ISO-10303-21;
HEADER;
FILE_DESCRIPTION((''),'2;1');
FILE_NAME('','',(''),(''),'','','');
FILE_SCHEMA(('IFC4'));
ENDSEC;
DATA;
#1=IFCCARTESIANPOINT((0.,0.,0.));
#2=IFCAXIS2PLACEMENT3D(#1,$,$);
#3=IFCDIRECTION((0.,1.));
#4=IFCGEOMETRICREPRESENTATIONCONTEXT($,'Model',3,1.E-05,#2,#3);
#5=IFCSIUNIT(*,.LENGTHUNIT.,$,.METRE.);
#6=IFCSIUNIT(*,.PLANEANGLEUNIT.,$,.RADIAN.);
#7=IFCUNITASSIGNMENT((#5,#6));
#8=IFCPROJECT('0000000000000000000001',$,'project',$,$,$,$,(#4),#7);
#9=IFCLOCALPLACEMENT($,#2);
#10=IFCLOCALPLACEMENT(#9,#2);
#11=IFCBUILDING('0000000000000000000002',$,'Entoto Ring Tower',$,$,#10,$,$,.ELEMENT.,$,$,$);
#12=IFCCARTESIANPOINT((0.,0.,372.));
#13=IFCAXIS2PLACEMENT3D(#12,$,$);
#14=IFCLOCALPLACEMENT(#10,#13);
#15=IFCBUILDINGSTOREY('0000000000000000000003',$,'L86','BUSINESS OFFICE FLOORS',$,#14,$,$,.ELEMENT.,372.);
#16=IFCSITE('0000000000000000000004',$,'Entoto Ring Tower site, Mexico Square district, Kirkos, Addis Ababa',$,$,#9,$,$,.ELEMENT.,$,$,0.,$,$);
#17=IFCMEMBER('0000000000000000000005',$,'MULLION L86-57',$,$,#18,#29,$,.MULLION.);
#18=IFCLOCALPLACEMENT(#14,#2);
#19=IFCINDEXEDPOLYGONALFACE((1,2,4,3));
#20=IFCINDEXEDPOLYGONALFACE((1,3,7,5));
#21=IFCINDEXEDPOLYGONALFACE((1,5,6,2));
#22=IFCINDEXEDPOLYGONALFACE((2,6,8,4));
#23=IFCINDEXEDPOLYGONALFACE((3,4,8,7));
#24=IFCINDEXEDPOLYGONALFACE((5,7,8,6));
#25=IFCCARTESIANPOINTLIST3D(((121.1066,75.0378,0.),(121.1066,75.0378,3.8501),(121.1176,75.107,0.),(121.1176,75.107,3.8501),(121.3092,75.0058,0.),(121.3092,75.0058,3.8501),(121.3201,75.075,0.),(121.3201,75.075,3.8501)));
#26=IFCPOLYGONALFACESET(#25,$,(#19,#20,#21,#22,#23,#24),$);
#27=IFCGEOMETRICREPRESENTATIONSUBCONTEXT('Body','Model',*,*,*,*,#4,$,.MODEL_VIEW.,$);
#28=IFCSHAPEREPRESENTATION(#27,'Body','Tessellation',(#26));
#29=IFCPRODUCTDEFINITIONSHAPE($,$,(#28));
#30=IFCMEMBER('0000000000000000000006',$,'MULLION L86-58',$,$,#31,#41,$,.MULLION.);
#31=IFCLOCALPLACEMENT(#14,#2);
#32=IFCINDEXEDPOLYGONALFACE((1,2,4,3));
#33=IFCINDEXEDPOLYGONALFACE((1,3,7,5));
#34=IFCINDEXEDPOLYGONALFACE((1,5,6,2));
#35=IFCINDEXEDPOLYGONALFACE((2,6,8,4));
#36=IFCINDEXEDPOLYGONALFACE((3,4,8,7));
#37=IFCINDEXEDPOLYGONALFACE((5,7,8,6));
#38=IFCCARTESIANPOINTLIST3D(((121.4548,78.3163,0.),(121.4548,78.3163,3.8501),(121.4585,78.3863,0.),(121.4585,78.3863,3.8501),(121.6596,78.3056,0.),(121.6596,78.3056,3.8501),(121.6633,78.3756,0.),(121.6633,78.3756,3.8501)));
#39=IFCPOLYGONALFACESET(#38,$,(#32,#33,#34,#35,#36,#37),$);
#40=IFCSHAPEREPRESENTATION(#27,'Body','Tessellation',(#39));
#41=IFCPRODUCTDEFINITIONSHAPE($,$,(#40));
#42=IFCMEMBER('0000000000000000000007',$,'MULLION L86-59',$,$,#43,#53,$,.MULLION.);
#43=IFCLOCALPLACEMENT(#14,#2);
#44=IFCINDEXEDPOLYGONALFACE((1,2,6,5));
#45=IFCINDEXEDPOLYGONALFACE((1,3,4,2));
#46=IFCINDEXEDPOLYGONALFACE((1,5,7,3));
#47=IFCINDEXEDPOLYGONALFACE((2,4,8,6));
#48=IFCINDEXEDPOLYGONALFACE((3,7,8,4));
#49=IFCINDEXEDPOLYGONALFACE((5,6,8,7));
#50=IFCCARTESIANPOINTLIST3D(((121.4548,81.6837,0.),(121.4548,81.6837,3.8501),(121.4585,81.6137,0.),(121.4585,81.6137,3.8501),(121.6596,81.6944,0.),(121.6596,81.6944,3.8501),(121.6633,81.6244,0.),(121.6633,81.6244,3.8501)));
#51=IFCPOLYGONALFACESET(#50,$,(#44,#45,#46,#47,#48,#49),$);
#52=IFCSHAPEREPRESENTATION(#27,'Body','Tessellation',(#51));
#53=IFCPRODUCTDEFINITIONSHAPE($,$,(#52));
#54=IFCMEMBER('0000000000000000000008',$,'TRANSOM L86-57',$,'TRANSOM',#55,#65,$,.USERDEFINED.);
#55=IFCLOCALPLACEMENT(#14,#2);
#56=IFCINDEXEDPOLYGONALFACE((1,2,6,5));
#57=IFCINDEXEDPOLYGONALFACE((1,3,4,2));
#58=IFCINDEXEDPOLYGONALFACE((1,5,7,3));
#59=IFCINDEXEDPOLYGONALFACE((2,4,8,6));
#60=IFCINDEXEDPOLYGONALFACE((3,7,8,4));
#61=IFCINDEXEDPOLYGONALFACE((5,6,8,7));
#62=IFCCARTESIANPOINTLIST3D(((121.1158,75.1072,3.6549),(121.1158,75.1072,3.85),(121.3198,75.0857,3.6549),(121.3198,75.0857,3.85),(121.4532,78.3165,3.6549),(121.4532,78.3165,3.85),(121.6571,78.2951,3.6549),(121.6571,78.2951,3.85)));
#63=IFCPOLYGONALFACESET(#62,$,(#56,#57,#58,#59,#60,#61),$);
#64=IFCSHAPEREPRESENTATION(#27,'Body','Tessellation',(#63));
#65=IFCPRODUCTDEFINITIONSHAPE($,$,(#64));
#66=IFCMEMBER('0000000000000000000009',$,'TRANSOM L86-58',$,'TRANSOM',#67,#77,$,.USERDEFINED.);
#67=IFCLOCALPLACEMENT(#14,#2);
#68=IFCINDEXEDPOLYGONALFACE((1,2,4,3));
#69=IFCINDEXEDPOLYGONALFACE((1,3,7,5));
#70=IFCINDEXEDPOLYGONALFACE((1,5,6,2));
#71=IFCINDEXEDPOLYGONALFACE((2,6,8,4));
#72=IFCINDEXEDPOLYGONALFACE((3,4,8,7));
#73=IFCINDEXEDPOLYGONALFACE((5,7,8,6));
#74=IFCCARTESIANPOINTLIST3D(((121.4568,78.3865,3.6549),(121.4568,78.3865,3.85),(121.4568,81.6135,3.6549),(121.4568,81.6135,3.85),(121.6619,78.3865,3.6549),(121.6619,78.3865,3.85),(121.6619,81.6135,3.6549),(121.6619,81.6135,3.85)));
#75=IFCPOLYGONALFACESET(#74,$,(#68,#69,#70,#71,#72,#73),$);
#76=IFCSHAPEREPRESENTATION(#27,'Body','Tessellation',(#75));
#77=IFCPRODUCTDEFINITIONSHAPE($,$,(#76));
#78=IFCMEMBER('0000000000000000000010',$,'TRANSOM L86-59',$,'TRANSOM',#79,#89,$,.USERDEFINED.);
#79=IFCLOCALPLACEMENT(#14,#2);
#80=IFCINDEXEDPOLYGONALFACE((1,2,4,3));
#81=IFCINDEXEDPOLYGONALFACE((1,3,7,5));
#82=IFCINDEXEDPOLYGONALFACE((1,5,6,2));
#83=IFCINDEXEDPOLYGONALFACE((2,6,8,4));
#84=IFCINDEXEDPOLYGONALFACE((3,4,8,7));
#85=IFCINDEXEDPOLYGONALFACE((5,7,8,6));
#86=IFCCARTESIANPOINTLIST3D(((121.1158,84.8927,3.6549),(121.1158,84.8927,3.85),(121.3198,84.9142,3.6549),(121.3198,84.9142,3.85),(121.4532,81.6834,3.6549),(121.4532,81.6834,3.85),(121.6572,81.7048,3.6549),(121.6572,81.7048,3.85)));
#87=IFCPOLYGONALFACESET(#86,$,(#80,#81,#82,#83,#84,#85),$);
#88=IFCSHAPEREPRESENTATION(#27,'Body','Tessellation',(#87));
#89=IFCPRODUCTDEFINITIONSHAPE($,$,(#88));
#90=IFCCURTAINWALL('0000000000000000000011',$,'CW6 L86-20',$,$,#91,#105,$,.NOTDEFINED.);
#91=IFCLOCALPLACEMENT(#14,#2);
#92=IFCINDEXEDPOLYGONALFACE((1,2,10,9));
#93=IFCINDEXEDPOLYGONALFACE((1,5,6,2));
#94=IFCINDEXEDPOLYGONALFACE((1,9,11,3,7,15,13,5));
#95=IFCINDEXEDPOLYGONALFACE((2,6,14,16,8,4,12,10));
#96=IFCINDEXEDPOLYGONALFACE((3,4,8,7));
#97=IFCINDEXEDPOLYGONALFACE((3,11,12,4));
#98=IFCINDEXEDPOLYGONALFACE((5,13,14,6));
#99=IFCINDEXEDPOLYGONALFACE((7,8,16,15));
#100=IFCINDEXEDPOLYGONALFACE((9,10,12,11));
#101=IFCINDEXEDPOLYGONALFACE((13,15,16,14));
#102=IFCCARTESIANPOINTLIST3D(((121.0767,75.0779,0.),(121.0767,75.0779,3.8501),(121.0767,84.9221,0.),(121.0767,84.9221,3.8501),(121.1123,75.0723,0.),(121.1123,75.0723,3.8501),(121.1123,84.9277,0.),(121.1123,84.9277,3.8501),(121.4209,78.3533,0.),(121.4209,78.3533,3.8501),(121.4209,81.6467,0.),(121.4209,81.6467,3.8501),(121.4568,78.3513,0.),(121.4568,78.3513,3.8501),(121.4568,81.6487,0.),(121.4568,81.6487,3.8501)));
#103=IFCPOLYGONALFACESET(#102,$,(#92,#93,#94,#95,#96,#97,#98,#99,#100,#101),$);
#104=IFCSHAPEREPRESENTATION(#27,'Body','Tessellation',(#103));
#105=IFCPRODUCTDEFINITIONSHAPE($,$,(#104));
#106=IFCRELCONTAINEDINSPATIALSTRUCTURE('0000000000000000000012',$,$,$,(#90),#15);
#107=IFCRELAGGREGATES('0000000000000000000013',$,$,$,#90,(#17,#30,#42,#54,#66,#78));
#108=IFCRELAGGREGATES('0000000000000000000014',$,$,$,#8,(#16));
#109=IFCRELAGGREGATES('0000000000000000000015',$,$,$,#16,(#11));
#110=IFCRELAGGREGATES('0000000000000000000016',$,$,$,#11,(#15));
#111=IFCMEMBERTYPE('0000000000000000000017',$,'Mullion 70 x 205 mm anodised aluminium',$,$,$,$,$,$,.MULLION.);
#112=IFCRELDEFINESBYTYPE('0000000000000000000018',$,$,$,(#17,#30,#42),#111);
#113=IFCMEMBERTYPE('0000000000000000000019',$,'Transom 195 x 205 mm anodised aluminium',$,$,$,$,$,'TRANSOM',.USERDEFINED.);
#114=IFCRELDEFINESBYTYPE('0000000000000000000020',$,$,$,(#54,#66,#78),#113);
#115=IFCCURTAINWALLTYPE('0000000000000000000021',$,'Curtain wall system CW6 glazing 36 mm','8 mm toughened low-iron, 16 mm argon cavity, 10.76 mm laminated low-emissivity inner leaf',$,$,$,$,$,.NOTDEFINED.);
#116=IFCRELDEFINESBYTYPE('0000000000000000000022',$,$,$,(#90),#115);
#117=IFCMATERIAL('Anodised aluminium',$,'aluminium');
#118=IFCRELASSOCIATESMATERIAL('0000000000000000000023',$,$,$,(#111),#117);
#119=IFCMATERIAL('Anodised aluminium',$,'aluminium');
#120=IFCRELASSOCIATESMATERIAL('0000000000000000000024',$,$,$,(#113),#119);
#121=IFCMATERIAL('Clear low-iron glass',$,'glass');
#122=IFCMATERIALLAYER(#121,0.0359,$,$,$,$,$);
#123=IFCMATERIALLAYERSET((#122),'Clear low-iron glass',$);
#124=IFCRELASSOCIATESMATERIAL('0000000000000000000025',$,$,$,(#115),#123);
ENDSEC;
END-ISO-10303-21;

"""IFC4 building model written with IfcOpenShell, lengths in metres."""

from ifc_helpers import new_model, si_unit, direction, frame, origin, origin_2d, place, context, subcontext, project, spatial, polyline, rectangle, outline, extrude, material, layer, layer_set, material_profile, profile_set, type_object, element, aggregate, save


model = new_model("IFC4")

# Units and contexts
model_context = context("Model", 3, precision=1e-05, world=origin(), true_north=direction((0.0, 1.0)))
body_context = subcontext(model_context, "Body", "Model", "MODEL_VIEW")
ifc_project = project(units=[si_unit("LENGTHUNIT", "METRE"), si_unit("PLANEANGLEUNIT", "RADIAN")], contexts=[model_context])

# Members
ifc_material_1 = material(Name="Anodised aluminium", Category="aluminium")
ifc_material_profile_1 = material_profile(ifc_material_1, rectangle(XDim=0.0701, YDim=0.2051, at=origin_2d()), Name="Mullion 70 x 205 mm anodised aluminium")
ifc_profile_set_1 = profile_set([ifc_material_profile_1], Name="Anodised aluminium")
member_type_1 = type_object("IfcMemberType", Name="Mullion 70 x 205 mm anodised aluminium", PredefinedType="MULLION", material=ifc_profile_set_1)
site_placement = place(None, origin())
building_placement = place(site_placement, origin())
storey_placement = place(building_placement, frame((0.0, 0.0, 372.0)))
member_1_placement = place(storey_placement, frame((121.2134, 75.0564, 0.0), z_axis=(0.0, 0.0, 1.0), x_axis=(0.156434, 0.987688, 0.0)))
member_1 = element("IfcMember", 1, at=member_1_placement, type_object=member_type_1, Name="MULLION L86-57", PredefinedType="MULLION", context=body_context, shape_type="SweptSolid", body=[
    extrude(rectangle(XDim=0.0701, YDim=0.2051, at=origin_2d()), origin(), (0.0, 0.0, 1.0), 3.8501),
])
member_2_placement = place(storey_placement, frame((121.5591, 78.3459, 0.0), z_axis=(0.0, 0.0, 1.0), x_axis=(0.052336, 0.99863, 0.0)))
member_2 = element("IfcMember", 2, at=member_2_placement, type_object=member_type_1, Name="MULLION L86-58", PredefinedType="MULLION", context=body_context, shape_type="SweptSolid", body=[
    extrude(rectangle(XDim=0.0701, YDim=0.2051, at=origin_2d()), origin(), (0.0, 0.0, 1.0), 3.8501),
])
member_3_placement = place(storey_placement, frame((121.5591, 81.6541, 0.0), z_axis=(0.0, 0.0, 1.0), x_axis=(-0.052336, 0.99863, 0.0)))
member_3 = element("IfcMember", 3, at=member_3_placement, type_object=member_type_1, Name="MULLION L86-59", PredefinedType="MULLION", context=body_context, shape_type="SweptSolid", body=[
    extrude(rectangle(XDim=0.0701, YDim=0.2051, at=origin_2d()), origin(), (0.0, 0.0, 1.0), 3.8501),
])
ifc_material_2 = material(Name="Anodised aluminium", Category="aluminium")
ifc_material_profile_2 = material_profile(ifc_material_2, rectangle(XDim=0.2051, YDim=0.1951, at=origin_2d()), Name="Transom 195 x 205 mm anodised aluminium")
ifc_profile_set_2 = profile_set([ifc_material_profile_2], Name="Anodised aluminium")
member_type_2 = type_object("IfcMemberType", Name="Transom 195 x 205 mm anodised aluminium", ElementType="TRANSOM", PredefinedType="USERDEFINED", material=ifc_profile_set_2)
member_4_placement = place(storey_placement, frame((121.2178, 75.0964, 3.7524), z_axis=(0.104551, 0.99452, 0.0), x_axis=(-0.99452, 0.104551, 0.0)))
member_4 = element("IfcMember", 4, at=member_4_placement, type_object=member_type_2, Name="TRANSOM L86-57", ObjectType="TRANSOM", PredefinedType="USERDEFINED", context=body_context, shape_type="SweptSolid", body=[
    extrude(rectangle(XDim=0.2051, YDim=0.1951, at=origin_2d()), origin(), (0.0, 0.0, 1.0), 3.2271),
])
member_5_placement = place(storey_placement, frame((121.5593, 78.3865, 3.7524), z_axis=(0.0, 1.0, 0.0), x_axis=(-1.0, 0.0, 0.0)))
member_5 = element("IfcMember", 5, at=member_5_placement, type_object=member_type_2, Name="TRANSOM L86-58", ObjectType="TRANSOM", PredefinedType="USERDEFINED", context=body_context, shape_type="SweptSolid", body=[
    extrude(rectangle(XDim=0.2051, YDim=0.1951, at=origin_2d()), origin(), (0.0, 0.0, 1.0), 3.2271),
])
member_6_placement = place(storey_placement, frame((121.5552, 81.6941, 3.7524), z_axis=(-0.104551, 0.99452, 0.0), x_axis=(-0.99452, -0.104551, 0.0)))
member_6 = element("IfcMember", 6, at=member_6_placement, type_object=member_type_2, Name="TRANSOM L86-59", ObjectType="TRANSOM", PredefinedType="USERDEFINED", context=body_context, shape_type="SweptSolid", body=[
    extrude(rectangle(XDim=0.2051, YDim=0.1951, at=origin_2d()), origin(), (0.0, 0.0, 1.0), 3.2271),
])

# Site, building, storey
site = spatial("IfcSite", under=ifc_project, at=site_placement, Name="Entoto Ring Tower site, Mexico Square district, Kirkos, Addis Ababa", CompositionType="ELEMENT", RefElevation=0.0)
building = spatial("IfcBuilding", under=site, at=building_placement, Name="Entoto Ring Tower", CompositionType="ELEMENT")
storey = spatial("IfcBuildingStorey", under=building, at=storey_placement, Name="L86", Description="BUSINESS OFFICE FLOORS", CompositionType="ELEMENT", Elevation=372.0)

# Curtain wall
ifc_material_3 = material(Name="Clear low-iron glass", Category="glass")
ifc_layer = layer(ifc_material_3, 0.0359)
ifc_layer_set = layer_set([ifc_layer], Name="Clear low-iron glass")
curtain_wall_type = type_object("IfcCurtainWallType", Name="Curtain wall system CW6 glazing 36 mm", Description="8 mm toughened low-iron, 16 mm argon cavity, 10.76 mm laminated low-emissivity inner leaf", PredefinedType="NOTDEFINED", material=ifc_layer_set)
curtain_wall_1_placement = place(storey_placement, origin())
curtain_wall_1 = element("IfcCurtainWall", 7, at=curtain_wall_1_placement, inside=storey, type_object=curtain_wall_type, Name="CW6 L86-20", PredefinedType="NOTDEFINED", context=body_context, shape_type="SweptSolid", body=[
    extrude(outline(polyline([(121.1123, 75.0723), (121.4568, 78.3513), (121.4568, 81.6487), (121.1123, 84.9277), (121.0767, 84.9221), (121.4209, 81.6467), (121.4209, 78.3533), (121.0767, 75.0779), (121.1123, 75.0723)])), origin(), (0.0, 0.0, 1.0), 3.8501),
])
aggregate(curtain_wall_1, [member_1, member_2, member_3, member_4, member_5, member_6])

save(model, "model.ifc")
